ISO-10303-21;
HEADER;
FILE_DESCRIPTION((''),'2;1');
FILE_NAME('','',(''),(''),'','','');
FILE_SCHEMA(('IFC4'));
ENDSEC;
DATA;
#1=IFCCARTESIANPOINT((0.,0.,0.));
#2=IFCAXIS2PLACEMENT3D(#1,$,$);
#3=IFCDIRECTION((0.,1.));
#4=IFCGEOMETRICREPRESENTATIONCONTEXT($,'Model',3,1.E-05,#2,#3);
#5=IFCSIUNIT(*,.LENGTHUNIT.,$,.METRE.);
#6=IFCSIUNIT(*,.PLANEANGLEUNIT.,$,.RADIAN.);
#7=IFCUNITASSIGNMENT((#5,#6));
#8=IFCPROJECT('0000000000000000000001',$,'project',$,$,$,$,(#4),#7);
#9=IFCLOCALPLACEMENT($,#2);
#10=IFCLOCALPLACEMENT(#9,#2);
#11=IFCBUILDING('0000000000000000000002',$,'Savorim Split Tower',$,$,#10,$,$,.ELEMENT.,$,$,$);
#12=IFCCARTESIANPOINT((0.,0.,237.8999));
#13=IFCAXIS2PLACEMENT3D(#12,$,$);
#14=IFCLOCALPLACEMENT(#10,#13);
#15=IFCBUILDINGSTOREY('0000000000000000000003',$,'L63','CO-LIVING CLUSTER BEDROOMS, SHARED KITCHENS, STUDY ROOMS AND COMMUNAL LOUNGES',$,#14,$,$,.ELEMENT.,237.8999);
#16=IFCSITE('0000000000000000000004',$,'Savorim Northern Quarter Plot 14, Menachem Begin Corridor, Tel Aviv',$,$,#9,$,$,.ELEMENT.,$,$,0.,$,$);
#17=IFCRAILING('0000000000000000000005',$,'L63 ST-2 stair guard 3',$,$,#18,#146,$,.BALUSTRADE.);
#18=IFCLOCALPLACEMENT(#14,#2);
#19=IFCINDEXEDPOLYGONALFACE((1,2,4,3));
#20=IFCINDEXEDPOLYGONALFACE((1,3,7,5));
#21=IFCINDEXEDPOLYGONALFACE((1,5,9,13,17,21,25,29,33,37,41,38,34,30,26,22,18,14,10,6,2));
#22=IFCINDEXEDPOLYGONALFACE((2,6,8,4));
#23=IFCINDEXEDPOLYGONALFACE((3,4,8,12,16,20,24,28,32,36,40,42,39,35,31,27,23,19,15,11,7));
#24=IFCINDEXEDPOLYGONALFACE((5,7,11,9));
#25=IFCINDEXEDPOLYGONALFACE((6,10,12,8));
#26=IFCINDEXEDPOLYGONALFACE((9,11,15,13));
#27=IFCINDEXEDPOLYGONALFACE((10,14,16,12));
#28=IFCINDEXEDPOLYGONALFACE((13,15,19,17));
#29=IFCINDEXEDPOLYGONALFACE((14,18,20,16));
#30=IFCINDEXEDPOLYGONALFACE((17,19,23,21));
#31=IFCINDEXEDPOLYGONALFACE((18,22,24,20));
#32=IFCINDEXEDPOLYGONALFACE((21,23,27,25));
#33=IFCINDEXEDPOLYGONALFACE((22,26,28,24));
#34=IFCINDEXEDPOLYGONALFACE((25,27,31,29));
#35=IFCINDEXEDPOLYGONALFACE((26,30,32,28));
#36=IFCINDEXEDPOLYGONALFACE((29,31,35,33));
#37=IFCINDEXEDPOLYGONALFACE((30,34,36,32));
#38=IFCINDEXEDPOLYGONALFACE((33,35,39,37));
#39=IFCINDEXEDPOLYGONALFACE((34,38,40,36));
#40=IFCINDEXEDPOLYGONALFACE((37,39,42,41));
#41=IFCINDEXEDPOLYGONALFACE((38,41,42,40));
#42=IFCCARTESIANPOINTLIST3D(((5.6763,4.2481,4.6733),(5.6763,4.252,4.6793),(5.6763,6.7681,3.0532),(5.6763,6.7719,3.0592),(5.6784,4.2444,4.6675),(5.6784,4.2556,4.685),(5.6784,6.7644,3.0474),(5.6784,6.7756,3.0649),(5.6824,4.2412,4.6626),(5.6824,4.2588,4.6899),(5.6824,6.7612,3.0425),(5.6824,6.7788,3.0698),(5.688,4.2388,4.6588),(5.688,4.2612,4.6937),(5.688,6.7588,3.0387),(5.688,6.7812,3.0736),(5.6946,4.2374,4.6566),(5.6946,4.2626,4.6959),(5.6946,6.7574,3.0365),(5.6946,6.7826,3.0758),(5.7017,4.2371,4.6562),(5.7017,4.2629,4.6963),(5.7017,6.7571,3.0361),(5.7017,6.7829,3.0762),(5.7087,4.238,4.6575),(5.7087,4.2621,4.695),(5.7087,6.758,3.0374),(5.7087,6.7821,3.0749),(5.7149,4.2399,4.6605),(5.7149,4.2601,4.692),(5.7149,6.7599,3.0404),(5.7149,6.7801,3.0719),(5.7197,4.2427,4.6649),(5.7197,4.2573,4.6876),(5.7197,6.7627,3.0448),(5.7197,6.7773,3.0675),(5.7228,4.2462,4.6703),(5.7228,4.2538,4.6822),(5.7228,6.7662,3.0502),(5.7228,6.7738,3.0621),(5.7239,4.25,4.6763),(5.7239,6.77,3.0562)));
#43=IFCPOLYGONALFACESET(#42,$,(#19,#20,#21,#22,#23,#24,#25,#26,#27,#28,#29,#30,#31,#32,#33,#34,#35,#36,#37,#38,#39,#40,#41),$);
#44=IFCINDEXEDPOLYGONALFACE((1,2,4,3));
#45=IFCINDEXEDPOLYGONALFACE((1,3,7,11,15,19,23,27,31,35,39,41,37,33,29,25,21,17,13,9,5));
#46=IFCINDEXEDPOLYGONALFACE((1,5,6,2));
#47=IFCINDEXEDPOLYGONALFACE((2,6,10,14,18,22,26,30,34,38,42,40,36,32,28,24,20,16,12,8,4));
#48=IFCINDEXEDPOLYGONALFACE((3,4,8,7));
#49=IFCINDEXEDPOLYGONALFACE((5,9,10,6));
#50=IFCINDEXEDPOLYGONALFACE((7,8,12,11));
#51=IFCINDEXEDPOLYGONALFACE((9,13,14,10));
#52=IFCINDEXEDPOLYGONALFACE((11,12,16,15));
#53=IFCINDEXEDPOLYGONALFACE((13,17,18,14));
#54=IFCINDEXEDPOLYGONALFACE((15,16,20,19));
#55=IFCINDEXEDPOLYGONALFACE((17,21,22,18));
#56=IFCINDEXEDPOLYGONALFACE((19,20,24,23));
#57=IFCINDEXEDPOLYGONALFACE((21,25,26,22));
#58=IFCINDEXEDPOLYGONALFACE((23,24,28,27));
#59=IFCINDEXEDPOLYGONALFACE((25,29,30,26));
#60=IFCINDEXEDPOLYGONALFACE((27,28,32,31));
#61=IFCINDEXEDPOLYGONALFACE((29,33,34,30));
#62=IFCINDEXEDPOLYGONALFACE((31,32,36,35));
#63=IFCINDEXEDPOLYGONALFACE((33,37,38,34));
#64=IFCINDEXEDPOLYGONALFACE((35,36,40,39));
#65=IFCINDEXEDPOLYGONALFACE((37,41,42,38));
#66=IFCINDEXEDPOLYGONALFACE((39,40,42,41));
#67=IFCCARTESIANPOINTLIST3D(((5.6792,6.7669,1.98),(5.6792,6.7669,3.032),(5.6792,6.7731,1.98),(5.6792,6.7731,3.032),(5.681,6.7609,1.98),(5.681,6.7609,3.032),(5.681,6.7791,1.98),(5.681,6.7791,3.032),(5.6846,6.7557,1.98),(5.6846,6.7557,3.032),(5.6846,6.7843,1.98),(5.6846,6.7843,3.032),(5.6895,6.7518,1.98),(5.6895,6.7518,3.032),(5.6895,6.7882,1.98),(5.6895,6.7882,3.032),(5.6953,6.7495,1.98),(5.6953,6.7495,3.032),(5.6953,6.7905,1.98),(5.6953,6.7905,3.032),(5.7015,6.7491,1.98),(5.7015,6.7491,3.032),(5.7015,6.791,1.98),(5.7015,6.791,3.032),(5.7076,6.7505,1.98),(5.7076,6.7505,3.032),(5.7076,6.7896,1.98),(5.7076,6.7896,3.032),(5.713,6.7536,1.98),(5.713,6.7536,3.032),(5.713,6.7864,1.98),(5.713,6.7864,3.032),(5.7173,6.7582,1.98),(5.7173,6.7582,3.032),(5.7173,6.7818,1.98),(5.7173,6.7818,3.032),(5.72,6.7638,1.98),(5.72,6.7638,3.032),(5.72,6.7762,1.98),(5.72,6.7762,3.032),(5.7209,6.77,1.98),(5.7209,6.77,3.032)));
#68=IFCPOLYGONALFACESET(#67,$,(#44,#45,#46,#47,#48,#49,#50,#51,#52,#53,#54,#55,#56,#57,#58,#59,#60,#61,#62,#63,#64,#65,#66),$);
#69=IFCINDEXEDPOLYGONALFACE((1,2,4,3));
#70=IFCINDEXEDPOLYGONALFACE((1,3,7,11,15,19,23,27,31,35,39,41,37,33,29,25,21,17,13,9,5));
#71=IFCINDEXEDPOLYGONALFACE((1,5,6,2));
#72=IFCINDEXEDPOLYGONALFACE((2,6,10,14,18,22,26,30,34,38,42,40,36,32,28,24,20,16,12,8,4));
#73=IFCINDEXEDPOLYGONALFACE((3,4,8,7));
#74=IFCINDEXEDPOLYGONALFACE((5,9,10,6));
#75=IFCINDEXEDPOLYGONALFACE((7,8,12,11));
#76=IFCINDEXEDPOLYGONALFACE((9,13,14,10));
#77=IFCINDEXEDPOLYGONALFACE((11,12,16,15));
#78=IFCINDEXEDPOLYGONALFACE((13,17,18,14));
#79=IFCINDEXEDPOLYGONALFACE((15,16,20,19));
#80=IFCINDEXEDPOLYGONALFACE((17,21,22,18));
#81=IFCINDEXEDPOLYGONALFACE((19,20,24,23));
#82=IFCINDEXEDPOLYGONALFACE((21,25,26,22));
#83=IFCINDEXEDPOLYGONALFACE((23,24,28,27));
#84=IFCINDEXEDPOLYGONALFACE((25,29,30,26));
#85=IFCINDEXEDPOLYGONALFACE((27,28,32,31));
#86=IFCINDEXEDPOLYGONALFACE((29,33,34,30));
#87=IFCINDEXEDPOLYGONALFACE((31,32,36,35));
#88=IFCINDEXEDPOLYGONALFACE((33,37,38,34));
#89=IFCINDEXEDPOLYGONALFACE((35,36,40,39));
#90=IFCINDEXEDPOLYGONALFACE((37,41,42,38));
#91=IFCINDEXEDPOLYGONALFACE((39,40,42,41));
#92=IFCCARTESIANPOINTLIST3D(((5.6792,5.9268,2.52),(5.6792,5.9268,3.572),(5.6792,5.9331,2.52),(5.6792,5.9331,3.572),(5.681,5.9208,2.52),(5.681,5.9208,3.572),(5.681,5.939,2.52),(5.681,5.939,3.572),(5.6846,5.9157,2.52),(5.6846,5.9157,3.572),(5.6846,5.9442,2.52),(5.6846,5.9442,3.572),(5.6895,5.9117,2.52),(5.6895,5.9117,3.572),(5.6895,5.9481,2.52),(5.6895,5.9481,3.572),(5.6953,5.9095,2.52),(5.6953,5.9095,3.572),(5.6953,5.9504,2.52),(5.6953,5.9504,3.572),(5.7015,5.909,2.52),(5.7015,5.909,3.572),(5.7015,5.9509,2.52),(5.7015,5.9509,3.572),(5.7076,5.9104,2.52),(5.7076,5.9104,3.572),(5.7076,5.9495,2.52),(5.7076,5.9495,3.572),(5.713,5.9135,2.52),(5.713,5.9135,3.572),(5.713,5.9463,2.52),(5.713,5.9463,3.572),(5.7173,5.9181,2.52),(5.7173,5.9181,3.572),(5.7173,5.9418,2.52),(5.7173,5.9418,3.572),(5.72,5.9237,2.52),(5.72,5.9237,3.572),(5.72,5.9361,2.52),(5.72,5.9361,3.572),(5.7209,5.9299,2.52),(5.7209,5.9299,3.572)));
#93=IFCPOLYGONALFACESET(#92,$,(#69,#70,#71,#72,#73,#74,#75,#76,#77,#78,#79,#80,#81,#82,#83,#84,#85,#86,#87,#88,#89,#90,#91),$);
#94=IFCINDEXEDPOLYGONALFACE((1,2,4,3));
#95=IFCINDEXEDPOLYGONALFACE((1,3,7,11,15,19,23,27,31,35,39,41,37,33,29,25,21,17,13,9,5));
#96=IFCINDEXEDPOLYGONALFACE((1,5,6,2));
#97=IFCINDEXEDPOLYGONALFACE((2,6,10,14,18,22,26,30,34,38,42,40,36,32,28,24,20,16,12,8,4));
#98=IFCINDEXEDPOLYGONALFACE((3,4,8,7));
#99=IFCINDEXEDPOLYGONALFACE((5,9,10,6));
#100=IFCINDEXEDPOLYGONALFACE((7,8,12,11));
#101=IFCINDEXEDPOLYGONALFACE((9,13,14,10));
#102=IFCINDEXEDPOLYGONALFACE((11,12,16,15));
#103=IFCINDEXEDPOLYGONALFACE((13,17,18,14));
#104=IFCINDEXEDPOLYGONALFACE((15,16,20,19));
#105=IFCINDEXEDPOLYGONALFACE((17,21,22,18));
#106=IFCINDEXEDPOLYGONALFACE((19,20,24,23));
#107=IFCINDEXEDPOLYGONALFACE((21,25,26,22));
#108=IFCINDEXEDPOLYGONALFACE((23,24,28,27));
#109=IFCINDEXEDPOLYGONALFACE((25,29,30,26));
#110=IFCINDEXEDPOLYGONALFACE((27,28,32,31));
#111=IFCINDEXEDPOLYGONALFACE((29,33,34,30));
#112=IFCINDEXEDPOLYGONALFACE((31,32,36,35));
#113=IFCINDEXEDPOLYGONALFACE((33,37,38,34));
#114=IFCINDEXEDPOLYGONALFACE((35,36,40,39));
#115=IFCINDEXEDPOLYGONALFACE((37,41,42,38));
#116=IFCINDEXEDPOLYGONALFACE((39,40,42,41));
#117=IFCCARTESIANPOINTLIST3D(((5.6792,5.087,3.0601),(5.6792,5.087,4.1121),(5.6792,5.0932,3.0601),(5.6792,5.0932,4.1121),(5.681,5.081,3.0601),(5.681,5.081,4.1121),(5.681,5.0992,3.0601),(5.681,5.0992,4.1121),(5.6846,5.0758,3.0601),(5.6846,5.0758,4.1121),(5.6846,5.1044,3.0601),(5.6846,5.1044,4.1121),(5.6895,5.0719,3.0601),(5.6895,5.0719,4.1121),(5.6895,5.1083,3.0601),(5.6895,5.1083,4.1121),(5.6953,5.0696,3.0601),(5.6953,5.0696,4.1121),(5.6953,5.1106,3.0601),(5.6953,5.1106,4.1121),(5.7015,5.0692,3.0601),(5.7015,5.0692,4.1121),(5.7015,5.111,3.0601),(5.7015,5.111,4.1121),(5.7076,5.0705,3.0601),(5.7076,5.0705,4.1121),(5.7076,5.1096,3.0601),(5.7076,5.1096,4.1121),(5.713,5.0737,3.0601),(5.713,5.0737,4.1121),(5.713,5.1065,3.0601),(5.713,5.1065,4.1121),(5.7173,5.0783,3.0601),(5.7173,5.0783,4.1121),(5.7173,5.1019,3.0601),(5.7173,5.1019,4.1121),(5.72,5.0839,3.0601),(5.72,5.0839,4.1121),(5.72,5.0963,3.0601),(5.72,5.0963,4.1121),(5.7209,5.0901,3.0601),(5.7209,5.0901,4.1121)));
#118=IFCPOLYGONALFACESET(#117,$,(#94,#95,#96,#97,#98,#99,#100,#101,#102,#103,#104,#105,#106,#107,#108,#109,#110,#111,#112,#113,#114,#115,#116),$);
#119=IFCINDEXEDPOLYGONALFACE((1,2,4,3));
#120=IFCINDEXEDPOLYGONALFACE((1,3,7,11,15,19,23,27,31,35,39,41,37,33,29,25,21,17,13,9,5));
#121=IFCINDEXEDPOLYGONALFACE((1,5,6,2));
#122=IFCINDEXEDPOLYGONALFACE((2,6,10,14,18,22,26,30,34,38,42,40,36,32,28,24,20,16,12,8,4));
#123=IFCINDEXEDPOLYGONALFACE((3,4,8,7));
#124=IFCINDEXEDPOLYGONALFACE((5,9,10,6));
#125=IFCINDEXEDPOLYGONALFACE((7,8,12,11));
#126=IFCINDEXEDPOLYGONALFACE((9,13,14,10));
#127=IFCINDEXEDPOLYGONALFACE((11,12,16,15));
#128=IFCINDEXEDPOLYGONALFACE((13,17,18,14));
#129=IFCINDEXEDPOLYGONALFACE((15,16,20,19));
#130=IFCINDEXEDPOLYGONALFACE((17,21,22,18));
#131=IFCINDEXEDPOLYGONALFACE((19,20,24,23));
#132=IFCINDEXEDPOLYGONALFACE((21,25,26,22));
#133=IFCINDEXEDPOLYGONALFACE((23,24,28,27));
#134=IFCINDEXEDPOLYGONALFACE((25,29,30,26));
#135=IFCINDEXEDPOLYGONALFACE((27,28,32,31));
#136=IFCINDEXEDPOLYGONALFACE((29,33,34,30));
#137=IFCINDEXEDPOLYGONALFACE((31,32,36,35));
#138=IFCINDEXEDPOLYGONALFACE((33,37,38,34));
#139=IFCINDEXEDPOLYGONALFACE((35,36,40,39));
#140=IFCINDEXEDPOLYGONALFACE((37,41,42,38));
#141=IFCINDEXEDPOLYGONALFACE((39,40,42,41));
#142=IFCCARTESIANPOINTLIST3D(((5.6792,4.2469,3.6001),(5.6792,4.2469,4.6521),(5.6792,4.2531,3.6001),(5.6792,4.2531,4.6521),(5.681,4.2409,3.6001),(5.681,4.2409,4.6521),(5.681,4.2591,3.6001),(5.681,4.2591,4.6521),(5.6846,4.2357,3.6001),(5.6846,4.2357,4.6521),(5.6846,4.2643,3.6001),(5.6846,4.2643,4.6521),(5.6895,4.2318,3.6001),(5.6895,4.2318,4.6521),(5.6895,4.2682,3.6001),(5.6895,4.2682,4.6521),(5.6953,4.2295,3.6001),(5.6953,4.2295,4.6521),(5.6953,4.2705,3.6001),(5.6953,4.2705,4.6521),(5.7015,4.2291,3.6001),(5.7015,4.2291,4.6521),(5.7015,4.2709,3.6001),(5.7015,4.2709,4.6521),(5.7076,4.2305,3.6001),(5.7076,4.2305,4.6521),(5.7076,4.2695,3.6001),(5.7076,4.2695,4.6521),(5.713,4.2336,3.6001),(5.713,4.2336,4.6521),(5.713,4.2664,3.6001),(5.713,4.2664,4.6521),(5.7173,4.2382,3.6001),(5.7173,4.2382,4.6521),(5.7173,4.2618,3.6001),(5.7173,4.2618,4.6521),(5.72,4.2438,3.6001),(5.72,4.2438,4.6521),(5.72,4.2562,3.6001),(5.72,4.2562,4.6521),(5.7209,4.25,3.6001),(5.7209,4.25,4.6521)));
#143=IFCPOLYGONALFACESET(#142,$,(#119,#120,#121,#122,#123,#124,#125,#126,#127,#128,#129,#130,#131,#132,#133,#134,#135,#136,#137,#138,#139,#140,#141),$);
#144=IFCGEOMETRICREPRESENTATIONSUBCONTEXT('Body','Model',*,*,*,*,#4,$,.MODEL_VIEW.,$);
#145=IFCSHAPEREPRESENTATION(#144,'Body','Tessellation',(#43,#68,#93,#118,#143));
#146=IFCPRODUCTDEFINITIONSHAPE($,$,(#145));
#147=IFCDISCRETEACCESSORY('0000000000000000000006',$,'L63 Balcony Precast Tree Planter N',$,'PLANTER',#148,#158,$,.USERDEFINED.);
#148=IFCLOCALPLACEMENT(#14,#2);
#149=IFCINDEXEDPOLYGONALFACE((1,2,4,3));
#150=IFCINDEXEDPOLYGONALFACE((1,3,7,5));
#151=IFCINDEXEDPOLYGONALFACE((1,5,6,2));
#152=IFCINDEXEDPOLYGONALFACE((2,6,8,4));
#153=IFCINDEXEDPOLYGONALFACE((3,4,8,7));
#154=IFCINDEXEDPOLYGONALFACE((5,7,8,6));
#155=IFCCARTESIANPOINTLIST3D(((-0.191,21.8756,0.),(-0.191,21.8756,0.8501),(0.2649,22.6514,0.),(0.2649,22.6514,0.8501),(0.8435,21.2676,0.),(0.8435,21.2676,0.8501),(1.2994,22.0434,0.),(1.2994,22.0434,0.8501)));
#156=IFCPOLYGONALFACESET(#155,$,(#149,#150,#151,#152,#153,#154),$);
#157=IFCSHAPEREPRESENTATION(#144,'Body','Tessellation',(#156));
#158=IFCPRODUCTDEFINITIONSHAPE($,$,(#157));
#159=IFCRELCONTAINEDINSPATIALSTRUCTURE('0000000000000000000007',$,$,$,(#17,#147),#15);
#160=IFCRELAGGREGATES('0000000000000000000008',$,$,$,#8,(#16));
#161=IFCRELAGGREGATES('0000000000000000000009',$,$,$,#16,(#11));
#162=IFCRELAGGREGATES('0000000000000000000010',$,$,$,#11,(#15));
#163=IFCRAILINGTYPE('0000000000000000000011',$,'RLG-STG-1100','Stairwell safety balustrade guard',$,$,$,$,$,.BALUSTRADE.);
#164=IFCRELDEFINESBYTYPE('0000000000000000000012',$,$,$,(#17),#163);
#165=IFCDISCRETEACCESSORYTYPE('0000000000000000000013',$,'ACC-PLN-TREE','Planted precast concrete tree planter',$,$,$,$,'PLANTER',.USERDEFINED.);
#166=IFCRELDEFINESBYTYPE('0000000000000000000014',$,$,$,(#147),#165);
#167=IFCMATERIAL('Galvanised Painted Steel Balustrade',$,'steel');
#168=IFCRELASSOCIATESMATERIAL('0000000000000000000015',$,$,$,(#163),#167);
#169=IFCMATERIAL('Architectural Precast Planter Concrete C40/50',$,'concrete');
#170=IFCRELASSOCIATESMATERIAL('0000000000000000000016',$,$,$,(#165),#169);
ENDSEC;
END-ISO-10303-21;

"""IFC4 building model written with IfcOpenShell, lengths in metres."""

from ifc_helpers import new_model, si_unit, direction, frame, origin, origin_2d, place, context, subcontext, project, spatial, rectangle, circle, extrude, material, type_object, element, save


model = new_model("IFC4")

# Units and contexts
model_context = context("Model", 3, precision=1e-05, world=origin(), true_north=direction((0.0, 1.0)))
body_context = subcontext(model_context, "Body", "Model", "MODEL_VIEW")
ifc_project = project(units=[si_unit("LENGTHUNIT", "METRE"), si_unit("PLANEANGLEUNIT", "RADIAN")], contexts=[model_context])

# Site, building, storey
site_placement = place(None, origin())
site = spatial("IfcSite", under=ifc_project, at=site_placement, Name="Savorim Northern Quarter Plot 14, Menachem Begin Corridor, Tel Aviv", CompositionType="ELEMENT", RefElevation=0.0)
building_placement = place(site_placement, origin())
building = spatial("IfcBuilding", under=site, at=building_placement, Name="Savorim Split Tower", CompositionType="ELEMENT")
storey_placement = place(building_placement, frame((0.0, 0.0, 237.8999)))
storey = spatial("IfcBuildingStorey", under=building, at=storey_placement, Name="L63", Description="CO-LIVING CLUSTER BEDROOMS, SHARED KITCHENS, STUDY ROOMS AND COMMUNAL LOUNGES", CompositionType="ELEMENT", Elevation=237.8999)

# Railing
ifc_material_1 = material(Name="Galvanised Painted Steel Balustrade", Category="steel")
railing_type_1 = type_object("IfcRailingType", Name="RLG-STG-1100", Description="Stairwell safety balustrade guard", PredefinedType="BALUSTRADE", material=ifc_material_1)
railing_1_placement = place(storey_placement, frame((5.7, 6.77, 1.98)))
element("IfcRailing", 1, at=railing_1_placement, inside=storey, type_object=railing_type_1, Name="L63 ST-2 stair guard 3", PredefinedType="BALUSTRADE", context=body_context, shape_type="SweptSolid", body=[
    extrude(circle(Radius=0.0239, at=origin_2d()), frame((0.0, 0.0, 1.0762), z_axis=(0.0, -0.841163, 0.540782), x_axis=(1.0, 0.0, 0.0)), (0.0, 0.0, 1.0), 2.9958),
    extrude(circle(Radius=0.021, at=origin_2d()), origin(), (0.0, 0.0, 1.0), 1.052),
    extrude(circle(Radius=0.021, at=origin_2d()), frame((0.0, -0.8401, 0.54)), (0.0, 0.0, 1.0), 1.052),
    extrude(circle(Radius=0.021, at=origin_2d()), frame((0.0, -1.6799, 1.0801)), (0.0, 0.0, 1.0), 1.052),
    extrude(circle(Radius=0.021, at=origin_2d()), frame((0.0, -2.52, 1.6201)), (0.0, 0.0, 1.0), 1.052),
])

# Discrete accessory
ifc_material_2 = material(Name="Architectural Precast Planter Concrete C40/50", Category="concrete")
discrete_accessory_type = type_object("IfcDiscreteAccessoryType", Name="ACC-PLN-TREE", Description="Planted precast concrete tree planter", ElementType="PLANTER", PredefinedType="USERDEFINED", material=ifc_material_2)
discrete_accessory_placement = place(storey_placement, frame((0.5542, 21.9595, 0.0), z_axis=(0.0, 0.0, 1.0), x_axis=(-0.862123, 0.506699, 0.0)))
element("IfcDiscreteAccessory", 2, at=discrete_accessory_placement, inside=storey, type_object=discrete_accessory_type, Name="L63 Balcony Precast Tree Planter N", ObjectType="PLANTER", PredefinedType="USERDEFINED", context=body_context, shape_type="SweptSolid", body=[
    extrude(rectangle(XDim=1.2, YDim=0.8999, at=origin_2d()), origin(), (0.0, 0.0, 1.0), 0.8501),
])

save(model, "model.ifc")
